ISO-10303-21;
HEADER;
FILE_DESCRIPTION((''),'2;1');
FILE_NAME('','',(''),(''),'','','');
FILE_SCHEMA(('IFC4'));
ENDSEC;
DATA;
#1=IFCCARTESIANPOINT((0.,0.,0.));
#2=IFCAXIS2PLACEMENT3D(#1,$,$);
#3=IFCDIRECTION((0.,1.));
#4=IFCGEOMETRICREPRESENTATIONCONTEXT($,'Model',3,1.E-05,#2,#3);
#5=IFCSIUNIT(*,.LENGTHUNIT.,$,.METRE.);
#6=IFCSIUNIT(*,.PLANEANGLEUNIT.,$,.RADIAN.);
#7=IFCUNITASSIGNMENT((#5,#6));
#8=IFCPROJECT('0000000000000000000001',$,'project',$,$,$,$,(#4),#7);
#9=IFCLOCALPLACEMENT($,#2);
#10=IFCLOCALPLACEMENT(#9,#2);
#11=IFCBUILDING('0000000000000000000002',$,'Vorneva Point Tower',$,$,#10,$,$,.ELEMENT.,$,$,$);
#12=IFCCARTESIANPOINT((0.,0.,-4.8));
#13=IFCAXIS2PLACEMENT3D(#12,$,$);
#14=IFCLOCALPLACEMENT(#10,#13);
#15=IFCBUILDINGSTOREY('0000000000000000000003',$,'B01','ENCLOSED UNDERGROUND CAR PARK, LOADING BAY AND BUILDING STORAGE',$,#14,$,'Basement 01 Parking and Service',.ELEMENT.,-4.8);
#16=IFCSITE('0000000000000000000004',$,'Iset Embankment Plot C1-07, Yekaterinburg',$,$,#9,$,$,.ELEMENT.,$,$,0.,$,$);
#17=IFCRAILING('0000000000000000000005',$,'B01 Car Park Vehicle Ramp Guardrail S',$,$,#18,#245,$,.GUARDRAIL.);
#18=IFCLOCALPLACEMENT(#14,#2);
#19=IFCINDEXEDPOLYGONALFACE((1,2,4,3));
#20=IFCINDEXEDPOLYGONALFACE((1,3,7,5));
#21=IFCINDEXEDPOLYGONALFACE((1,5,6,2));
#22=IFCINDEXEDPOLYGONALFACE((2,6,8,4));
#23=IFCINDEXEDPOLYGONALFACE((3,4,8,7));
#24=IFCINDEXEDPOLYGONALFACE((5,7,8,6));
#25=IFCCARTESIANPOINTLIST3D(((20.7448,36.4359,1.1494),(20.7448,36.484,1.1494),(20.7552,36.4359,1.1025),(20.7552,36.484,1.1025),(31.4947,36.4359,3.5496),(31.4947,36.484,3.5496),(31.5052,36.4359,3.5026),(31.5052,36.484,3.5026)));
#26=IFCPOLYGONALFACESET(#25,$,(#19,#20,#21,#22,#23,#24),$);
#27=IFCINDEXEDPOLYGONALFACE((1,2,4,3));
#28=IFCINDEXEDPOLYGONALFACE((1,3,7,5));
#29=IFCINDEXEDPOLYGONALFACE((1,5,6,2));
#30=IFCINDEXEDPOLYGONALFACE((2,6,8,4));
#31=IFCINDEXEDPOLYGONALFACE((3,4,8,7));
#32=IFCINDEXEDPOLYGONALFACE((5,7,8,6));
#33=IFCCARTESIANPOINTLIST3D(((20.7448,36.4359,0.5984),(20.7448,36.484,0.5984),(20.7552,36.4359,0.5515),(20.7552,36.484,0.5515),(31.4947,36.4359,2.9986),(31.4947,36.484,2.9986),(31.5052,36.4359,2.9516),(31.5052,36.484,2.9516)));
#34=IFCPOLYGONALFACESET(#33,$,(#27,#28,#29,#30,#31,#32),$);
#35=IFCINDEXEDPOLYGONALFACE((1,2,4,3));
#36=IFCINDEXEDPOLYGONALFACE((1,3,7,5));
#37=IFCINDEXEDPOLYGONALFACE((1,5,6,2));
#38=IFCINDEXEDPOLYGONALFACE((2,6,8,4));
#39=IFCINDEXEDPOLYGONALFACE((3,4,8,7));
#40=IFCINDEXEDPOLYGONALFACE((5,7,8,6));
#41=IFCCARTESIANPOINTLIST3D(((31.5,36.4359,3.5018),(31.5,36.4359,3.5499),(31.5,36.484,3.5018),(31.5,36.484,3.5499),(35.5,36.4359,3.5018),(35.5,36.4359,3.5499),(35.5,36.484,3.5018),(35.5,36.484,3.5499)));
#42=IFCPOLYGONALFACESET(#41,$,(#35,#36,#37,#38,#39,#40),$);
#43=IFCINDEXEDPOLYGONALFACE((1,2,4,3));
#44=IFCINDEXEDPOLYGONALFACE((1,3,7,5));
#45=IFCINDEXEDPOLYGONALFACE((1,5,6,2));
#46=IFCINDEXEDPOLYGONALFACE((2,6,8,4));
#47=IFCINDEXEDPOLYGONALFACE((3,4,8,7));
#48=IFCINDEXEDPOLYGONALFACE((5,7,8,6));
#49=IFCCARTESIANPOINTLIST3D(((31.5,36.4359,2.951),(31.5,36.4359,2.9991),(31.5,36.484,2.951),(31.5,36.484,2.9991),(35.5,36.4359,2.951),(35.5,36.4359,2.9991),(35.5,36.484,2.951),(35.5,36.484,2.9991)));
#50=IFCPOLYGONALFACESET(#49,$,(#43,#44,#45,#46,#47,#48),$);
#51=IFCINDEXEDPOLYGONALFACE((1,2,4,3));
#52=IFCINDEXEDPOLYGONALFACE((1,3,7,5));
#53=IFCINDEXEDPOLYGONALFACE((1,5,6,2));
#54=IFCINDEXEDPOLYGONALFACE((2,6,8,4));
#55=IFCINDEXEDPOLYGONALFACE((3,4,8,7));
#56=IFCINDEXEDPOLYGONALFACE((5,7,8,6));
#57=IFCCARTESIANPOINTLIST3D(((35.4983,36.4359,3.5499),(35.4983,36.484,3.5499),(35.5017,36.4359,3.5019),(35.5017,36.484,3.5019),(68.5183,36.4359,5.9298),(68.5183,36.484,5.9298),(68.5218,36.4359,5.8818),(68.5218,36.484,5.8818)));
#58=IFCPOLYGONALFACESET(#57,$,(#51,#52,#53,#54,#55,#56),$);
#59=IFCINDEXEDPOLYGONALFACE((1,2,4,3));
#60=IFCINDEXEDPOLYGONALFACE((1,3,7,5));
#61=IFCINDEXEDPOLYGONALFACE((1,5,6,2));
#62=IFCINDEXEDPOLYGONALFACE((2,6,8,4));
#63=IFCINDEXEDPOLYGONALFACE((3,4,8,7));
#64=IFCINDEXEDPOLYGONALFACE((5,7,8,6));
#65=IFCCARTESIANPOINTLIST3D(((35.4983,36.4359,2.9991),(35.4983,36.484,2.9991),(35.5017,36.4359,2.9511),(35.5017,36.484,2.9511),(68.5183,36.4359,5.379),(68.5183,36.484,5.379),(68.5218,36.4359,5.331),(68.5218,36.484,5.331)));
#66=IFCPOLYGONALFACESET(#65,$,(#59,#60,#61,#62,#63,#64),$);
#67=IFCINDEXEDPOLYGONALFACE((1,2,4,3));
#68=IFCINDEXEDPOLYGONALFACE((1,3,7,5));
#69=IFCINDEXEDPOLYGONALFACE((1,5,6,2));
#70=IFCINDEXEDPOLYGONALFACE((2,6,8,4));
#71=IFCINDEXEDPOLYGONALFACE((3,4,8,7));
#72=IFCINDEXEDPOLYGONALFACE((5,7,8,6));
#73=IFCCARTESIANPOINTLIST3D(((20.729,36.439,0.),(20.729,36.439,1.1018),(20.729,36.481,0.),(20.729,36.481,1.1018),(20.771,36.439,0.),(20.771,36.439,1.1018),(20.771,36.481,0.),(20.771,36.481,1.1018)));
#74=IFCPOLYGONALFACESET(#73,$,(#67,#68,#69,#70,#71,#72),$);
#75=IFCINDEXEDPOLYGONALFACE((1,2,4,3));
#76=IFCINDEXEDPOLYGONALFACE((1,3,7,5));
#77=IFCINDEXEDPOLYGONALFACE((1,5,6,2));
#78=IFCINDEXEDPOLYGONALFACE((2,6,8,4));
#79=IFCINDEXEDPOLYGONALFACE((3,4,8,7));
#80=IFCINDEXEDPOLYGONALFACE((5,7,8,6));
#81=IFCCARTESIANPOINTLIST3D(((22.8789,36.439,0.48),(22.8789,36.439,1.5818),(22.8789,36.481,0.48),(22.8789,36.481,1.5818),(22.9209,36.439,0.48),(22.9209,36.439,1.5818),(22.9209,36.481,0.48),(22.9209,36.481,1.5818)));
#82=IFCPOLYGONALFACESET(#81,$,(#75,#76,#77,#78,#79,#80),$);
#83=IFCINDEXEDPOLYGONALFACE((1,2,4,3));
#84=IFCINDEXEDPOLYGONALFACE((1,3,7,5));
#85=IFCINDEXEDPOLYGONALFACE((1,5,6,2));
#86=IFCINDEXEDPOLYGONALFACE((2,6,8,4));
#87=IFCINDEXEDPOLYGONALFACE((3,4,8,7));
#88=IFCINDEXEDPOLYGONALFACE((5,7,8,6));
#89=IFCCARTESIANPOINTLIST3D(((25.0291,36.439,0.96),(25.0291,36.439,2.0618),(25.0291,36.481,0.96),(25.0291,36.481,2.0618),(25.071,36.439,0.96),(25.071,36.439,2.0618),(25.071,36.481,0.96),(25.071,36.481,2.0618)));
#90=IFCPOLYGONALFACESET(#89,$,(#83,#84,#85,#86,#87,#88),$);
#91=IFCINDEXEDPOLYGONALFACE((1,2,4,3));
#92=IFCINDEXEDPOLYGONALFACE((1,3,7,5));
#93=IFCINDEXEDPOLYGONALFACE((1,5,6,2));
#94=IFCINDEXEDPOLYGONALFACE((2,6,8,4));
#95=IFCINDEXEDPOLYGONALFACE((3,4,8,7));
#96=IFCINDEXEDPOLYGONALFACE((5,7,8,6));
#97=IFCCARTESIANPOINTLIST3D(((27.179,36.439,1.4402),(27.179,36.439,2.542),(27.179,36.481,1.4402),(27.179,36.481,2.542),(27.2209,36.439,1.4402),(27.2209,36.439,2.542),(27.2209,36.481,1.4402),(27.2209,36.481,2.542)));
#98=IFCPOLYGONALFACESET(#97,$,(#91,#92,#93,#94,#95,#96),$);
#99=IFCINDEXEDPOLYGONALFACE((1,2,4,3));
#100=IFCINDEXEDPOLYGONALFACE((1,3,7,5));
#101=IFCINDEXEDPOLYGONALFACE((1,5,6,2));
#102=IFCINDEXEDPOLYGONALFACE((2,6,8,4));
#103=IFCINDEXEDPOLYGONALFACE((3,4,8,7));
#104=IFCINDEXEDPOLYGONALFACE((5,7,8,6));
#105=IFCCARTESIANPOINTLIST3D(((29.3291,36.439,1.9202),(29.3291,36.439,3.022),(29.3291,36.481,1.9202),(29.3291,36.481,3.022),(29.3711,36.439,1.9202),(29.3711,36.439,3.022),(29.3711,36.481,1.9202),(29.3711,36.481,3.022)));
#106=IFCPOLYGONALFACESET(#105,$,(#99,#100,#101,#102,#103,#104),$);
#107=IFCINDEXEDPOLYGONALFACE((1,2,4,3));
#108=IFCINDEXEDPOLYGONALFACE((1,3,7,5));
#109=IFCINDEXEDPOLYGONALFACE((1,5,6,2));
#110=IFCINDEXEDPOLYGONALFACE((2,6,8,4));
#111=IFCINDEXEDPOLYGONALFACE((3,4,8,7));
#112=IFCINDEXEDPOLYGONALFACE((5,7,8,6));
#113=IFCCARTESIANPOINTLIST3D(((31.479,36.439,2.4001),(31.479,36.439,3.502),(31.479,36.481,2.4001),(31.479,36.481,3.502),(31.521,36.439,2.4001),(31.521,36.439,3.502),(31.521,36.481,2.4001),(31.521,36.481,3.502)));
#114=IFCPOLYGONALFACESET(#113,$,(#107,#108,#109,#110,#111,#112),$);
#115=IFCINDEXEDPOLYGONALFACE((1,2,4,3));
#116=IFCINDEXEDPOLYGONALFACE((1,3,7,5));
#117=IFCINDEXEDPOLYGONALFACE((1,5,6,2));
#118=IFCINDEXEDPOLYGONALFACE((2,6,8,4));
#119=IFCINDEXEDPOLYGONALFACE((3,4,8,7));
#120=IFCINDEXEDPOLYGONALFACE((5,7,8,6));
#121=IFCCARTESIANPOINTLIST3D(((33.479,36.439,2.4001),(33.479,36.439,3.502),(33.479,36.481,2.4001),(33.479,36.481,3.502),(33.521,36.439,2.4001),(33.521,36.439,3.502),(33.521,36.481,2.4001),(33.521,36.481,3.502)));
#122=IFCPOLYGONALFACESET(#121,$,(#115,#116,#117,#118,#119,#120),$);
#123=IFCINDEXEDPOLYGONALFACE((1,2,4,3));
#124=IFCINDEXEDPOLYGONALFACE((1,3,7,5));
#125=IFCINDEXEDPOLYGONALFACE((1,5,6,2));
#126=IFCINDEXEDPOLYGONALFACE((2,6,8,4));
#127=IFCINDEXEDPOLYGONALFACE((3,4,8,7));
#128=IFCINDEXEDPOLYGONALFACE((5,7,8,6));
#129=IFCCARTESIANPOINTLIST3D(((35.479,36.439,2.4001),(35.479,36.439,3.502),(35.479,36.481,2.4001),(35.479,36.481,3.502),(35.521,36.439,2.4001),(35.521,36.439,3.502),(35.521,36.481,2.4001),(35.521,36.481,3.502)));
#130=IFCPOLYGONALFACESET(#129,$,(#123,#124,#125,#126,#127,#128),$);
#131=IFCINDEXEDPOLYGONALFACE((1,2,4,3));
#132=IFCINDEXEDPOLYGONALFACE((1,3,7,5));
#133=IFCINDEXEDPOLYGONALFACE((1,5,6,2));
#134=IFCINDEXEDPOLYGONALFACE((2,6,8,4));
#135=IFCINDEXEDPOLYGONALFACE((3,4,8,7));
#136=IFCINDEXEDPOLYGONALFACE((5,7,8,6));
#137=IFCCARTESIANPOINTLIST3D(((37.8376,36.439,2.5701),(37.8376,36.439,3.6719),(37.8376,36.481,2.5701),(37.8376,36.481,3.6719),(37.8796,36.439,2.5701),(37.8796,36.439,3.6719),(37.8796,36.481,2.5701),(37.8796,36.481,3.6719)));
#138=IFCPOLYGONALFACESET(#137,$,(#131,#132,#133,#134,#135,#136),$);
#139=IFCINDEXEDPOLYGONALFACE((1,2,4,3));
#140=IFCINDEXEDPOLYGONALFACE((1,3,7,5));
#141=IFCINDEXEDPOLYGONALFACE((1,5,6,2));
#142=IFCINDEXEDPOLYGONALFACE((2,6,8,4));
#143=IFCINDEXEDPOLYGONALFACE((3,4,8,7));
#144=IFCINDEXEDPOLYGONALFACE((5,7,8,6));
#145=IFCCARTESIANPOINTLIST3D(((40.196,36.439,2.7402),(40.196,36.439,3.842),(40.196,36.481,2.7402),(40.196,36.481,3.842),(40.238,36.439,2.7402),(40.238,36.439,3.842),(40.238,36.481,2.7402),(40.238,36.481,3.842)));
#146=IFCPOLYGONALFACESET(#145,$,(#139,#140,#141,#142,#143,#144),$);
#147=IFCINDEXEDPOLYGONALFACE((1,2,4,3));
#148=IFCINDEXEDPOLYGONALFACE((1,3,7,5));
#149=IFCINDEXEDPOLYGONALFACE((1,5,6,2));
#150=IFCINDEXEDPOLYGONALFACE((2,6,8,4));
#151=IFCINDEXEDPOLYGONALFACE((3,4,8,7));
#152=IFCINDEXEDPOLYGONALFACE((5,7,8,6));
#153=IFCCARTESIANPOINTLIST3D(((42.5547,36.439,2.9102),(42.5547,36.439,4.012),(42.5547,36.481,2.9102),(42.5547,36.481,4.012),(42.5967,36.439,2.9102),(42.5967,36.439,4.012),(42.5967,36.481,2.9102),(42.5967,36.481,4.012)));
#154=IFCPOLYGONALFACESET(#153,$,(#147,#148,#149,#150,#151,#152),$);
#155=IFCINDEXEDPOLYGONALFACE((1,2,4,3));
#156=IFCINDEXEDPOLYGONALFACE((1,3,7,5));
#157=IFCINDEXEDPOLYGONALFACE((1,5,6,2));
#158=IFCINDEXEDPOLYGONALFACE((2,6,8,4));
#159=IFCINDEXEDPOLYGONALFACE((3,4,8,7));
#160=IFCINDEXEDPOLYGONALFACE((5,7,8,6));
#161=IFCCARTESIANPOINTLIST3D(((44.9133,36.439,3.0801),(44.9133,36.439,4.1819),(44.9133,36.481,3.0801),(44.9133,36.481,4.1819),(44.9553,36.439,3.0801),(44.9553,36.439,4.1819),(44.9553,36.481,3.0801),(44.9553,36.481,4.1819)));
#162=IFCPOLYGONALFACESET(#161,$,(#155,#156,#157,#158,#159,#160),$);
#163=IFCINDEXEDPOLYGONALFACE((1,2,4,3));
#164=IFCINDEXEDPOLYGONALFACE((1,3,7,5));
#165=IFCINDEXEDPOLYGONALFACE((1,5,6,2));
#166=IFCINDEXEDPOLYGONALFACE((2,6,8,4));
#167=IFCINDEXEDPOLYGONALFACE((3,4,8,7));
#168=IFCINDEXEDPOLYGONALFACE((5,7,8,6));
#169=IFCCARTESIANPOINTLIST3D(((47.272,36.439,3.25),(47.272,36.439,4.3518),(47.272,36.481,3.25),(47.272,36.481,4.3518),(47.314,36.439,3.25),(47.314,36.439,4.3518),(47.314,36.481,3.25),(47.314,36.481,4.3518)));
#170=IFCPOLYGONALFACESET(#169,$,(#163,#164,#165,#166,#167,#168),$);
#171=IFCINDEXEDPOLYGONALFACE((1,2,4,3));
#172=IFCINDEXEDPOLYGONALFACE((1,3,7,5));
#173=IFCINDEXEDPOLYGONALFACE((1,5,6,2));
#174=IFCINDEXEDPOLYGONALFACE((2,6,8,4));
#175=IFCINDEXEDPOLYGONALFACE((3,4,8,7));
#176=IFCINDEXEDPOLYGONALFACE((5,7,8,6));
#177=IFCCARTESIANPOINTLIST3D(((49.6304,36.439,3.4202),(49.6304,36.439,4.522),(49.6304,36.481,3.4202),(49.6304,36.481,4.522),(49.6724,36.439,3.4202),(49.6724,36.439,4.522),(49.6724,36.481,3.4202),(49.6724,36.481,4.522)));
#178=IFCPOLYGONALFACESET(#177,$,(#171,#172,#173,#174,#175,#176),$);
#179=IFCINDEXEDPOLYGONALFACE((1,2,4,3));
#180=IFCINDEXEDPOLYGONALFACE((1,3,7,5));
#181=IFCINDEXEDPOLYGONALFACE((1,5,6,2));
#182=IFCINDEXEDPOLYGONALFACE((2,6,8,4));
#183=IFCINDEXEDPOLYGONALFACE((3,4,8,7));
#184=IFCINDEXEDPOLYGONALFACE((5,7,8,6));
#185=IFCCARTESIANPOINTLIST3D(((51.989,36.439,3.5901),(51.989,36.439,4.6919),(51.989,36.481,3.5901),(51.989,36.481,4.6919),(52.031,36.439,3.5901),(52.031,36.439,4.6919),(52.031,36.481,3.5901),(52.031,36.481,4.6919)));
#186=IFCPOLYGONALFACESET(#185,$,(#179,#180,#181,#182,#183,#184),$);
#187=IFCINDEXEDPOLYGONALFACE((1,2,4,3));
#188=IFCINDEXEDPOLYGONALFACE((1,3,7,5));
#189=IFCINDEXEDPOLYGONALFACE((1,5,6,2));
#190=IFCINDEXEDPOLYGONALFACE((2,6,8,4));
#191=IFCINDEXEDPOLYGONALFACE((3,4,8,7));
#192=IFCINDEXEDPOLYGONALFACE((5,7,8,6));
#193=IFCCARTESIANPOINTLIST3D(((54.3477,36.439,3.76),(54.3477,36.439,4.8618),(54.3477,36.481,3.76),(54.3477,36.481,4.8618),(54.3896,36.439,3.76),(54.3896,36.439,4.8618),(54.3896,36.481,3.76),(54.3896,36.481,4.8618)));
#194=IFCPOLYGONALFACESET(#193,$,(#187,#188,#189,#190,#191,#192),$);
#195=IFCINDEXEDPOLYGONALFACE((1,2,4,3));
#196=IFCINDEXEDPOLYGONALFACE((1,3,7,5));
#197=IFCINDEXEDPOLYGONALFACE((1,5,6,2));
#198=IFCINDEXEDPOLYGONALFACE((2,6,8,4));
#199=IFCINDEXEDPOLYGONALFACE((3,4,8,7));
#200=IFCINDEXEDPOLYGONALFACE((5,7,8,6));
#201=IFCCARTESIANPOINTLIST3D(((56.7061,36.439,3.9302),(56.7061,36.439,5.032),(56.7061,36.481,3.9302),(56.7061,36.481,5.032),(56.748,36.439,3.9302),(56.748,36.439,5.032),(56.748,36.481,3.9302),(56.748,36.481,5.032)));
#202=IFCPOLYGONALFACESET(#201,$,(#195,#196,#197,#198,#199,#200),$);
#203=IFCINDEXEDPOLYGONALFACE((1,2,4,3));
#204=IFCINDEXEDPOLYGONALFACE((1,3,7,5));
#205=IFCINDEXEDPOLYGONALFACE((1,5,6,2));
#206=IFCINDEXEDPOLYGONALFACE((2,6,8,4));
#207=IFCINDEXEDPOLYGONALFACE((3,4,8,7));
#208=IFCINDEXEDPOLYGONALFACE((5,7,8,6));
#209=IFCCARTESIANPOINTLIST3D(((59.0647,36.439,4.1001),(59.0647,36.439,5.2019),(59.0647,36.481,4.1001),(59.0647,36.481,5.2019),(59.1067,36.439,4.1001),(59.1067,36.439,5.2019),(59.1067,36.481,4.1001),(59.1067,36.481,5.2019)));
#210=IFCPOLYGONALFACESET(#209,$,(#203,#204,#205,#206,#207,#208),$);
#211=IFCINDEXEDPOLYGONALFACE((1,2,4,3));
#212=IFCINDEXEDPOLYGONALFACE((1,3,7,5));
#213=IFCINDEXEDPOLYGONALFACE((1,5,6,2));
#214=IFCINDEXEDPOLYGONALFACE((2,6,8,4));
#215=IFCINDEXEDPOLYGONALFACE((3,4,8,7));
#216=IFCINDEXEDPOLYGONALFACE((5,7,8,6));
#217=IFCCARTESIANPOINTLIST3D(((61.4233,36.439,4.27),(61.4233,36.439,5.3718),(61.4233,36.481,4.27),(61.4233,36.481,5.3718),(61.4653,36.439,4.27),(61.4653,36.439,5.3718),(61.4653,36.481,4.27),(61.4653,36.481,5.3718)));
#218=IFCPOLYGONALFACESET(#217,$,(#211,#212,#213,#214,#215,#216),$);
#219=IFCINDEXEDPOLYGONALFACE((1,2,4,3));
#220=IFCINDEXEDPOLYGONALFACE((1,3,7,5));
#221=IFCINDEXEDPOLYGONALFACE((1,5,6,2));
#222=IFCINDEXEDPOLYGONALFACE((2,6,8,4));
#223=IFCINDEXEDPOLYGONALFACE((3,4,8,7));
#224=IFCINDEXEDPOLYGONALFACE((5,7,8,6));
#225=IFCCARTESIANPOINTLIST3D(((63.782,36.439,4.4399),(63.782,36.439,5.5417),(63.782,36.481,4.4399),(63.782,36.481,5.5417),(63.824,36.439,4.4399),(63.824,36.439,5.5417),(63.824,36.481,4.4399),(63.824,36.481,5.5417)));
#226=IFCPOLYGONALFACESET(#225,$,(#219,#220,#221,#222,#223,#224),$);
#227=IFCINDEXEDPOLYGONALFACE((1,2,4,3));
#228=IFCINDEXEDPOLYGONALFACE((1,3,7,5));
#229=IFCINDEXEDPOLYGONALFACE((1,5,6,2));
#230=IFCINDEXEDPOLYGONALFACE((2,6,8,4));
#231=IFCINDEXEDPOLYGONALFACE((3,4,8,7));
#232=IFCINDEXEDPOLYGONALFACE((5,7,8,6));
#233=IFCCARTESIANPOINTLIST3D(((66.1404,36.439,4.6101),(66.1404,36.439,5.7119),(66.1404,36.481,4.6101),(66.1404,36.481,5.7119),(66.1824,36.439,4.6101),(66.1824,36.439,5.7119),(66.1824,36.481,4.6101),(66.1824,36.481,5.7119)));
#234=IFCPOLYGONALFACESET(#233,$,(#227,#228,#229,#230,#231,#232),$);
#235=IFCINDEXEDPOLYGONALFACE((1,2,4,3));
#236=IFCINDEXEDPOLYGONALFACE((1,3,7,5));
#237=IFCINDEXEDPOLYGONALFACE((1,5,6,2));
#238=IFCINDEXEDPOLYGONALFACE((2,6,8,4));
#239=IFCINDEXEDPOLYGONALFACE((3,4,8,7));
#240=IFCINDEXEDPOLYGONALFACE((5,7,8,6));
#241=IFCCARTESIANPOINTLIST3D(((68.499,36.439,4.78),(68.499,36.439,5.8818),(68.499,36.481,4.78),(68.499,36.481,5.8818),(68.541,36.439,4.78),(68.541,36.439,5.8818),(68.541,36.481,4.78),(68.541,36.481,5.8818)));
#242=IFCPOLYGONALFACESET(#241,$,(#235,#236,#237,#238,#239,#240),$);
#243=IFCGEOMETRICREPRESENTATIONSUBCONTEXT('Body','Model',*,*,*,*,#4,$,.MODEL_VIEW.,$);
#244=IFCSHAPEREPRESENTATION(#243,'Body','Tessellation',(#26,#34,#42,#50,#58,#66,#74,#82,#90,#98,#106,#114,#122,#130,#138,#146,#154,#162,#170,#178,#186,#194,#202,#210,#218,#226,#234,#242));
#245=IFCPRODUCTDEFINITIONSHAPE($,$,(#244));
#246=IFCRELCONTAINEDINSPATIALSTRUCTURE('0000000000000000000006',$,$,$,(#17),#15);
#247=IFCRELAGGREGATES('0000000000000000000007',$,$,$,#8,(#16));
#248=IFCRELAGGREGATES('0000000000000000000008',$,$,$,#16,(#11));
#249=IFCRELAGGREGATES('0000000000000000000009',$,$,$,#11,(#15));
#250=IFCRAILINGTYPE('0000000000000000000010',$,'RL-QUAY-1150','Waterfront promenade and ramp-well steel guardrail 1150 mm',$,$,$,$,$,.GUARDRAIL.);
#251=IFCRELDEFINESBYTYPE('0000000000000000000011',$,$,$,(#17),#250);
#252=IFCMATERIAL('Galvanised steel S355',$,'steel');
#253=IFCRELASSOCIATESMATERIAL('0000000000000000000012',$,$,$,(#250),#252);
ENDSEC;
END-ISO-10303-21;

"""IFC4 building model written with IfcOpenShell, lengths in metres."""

from ifc_helpers import new_model, si_unit, direction, frame, origin, origin_2d, place, context, subcontext, project, spatial, rectangle, extrude, material, type_object, element, save


model = new_model("IFC4")

# Units and contexts
model_context = context("Model", 3, precision=1e-05, world=origin(), true_north=direction((0.0, 1.0)))
body_context = subcontext(model_context, "Body", "Model", "MODEL_VIEW")
ifc_project = project(units=[si_unit("LENGTHUNIT", "METRE"), si_unit("PLANEANGLEUNIT", "RADIAN")], contexts=[model_context])

# Site, building, storey
site_placement = place(None, origin())
site = spatial("IfcSite", under=ifc_project, at=site_placement, Name="Iset Embankment Plot C1-07, Yekaterinburg", CompositionType="ELEMENT", RefElevation=0.0)
building_placement = place(site_placement, origin())
building = spatial("IfcBuilding", under=site, at=building_placement, Name="Vorneva Point Tower", CompositionType="ELEMENT")
storey_placement = place(building_placement, frame((0.0, 0.0, -4.8)))
storey = spatial("IfcBuildingStorey", under=building, at=storey_placement, Name="B01", Description="ENCLOSED UNDERGROUND CAR PARK, LOADING BAY AND BUILDING STORAGE", LongName="Basement 01 Parking and Service", CompositionType="ELEMENT", Elevation=-4.8)

# Railing
ifc_material_1 = material(Name="Galvanised steel S355", Category="steel")
railing_type = type_object("IfcRailingType", Name="RL-QUAY-1150", Description="Waterfront promenade and ramp-well steel guardrail 1150 mm", PredefinedType="GUARDRAIL", material=ifc_material_1)
railing_1_placement = place(storey_placement, frame((20.75, 36.46, 0.0)))
element("IfcRailing", 1, at=railing_1_placement, inside=storey, type_object=railing_type, Name="B01 Car Park Vehicle Ramp Guardrail S", PredefinedType="GUARDRAIL", context=body_context, shape_type="SweptSolid", body=[
    extrude(rectangle(XDim=0.0481, YDim=0.0481, at=origin_2d()), frame((0.0, 0.0, 1.126), z_axis=(0.97597, 0.0, 0.217904), x_axis=(0.0, 1.0, 0.0)), (0.0, 0.0, 1.0), 11.0146),
    extrude(rectangle(XDim=0.0481, YDim=0.0481, at=origin_2d()), frame((0.0, 0.0, 0.575), z_axis=(0.97597, 0.0, 0.217904), x_axis=(0.0, 1.0, 0.0)), (0.0, 0.0, 1.0), 11.0146),
    extrude(rectangle(XDim=0.0481, YDim=0.0481, at=origin_2d()), frame((10.75, 0.0, 3.5259), z_axis=(1.0, 0.0, 0.0), x_axis=(0.0, 1.0, 0.0)), (0.0, 0.0, 1.0), 4.0),
    extrude(rectangle(XDim=0.0481, YDim=0.0481, at=origin_2d()), frame((10.75, 0.0, 2.9751), z_axis=(1.0, 0.0, 0.0), x_axis=(0.0, 1.0, 0.0)), (0.0, 0.0, 1.0), 4.0),
    extrude(rectangle(XDim=0.0481, YDim=0.0481, at=origin_2d()), frame((14.75, 0.0, 3.5259), z_axis=(0.997413, 0.0, 0.071887), x_axis=(0.0, 1.0, 0.0)), (0.0, 0.0, 1.0), 33.1057),
    extrude(rectangle(XDim=0.0481, YDim=0.0481, at=origin_2d()), frame((14.75, 0.0, 2.9751), z_axis=(0.997413, 0.0, 0.071887), x_axis=(0.0, 1.0, 0.0)), (0.0, 0.0, 1.0), 33.1057),
    extrude(rectangle(XDim=0.042, YDim=0.042, at=origin_2d()), origin(), (0.0, 0.0, 1.0), 1.1018),
    extrude(rectangle(XDim=0.042, YDim=0.042, at=origin_2d()), frame((2.1499, 0.0, 0.48)), (0.0, 0.0, 1.0), 1.1018),
    extrude(rectangle(XDim=0.042, YDim=0.042, at=origin_2d()), frame((4.3, 0.0, 0.96)), (0.0, 0.0, 1.0), 1.1018),
    extrude(rectangle(XDim=0.042, YDim=0.042, at=origin_2d()), frame((6.45, 0.0, 1.4402)), (0.0, 0.0, 1.0), 1.1018),
    extrude(rectangle(XDim=0.042, YDim=0.042, at=origin_2d()), frame((8.6001, 0.0, 1.9202)), (0.0, 0.0, 1.0), 1.1018),
    extrude(rectangle(XDim=0.042, YDim=0.042, at=origin_2d()), frame((10.75, 0.0, 2.4001)), (0.0, 0.0, 1.0), 1.1018),
    extrude(rectangle(XDim=0.042, YDim=0.042, at=origin_2d()), frame((12.75, 0.0, 2.4001)), (0.0, 0.0, 1.0), 1.1018),
    extrude(rectangle(XDim=0.042, YDim=0.042, at=origin_2d()), frame((14.75, 0.0, 2.4001)), (0.0, 0.0, 1.0), 1.1018),
    extrude(rectangle(XDim=0.042, YDim=0.042, at=origin_2d()), frame((17.1086, 0.0, 2.5701)), (0.0, 0.0, 1.0), 1.1018),
    extrude(rectangle(XDim=0.042, YDim=0.042, at=origin_2d()), frame((19.467, 0.0, 2.7402)), (0.0, 0.0, 1.0), 1.1018),
    extrude(rectangle(XDim=0.042, YDim=0.042, at=origin_2d()), frame((21.8257, 0.0, 2.9102)), (0.0, 0.0, 1.0), 1.1018),
    extrude(rectangle(XDim=0.042, YDim=0.042, at=origin_2d()), frame((24.1843, 0.0, 3.0801)), (0.0, 0.0, 1.0), 1.1018),
    extrude(rectangle(XDim=0.042, YDim=0.042, at=origin_2d()), frame((26.543, 0.0, 3.25)), (0.0, 0.0, 1.0), 1.1018),
    extrude(rectangle(XDim=0.042, YDim=0.042, at=origin_2d()), frame((28.9014, 0.0, 3.4202)), (0.0, 0.0, 1.0), 1.1018),
    extrude(rectangle(XDim=0.042, YDim=0.042, at=origin_2d()), frame((31.26, 0.0, 3.5901)), (0.0, 0.0, 1.0), 1.1018),
    extrude(rectangle(XDim=0.042, YDim=0.042, at=origin_2d()), frame((33.6187, 0.0, 3.76)), (0.0, 0.0, 1.0), 1.1018),
    extrude(rectangle(XDim=0.042, YDim=0.042, at=origin_2d()), frame((35.9771, 0.0, 3.9302)), (0.0, 0.0, 1.0), 1.1018),
    extrude(rectangle(XDim=0.042, YDim=0.042, at=origin_2d()), frame((38.3357, 0.0, 4.1001)), (0.0, 0.0, 1.0), 1.1018),
    extrude(rectangle(XDim=0.042, YDim=0.042, at=origin_2d()), frame((40.6943, 0.0, 4.27)), (0.0, 0.0, 1.0), 1.1018),
    extrude(rectangle(XDim=0.042, YDim=0.042, at=origin_2d()), frame((43.053, 0.0, 4.4399)), (0.0, 0.0, 1.0), 1.1018),
    extrude(rectangle(XDim=0.042, YDim=0.042, at=origin_2d()), frame((45.4114, 0.0, 4.6101)), (0.0, 0.0, 1.0), 1.1018),
    extrude(rectangle(XDim=0.042, YDim=0.042, at=origin_2d()), frame((47.77, 0.0, 4.78)), (0.0, 0.0, 1.0), 1.1018),
])

save(model, "model.ifc")
